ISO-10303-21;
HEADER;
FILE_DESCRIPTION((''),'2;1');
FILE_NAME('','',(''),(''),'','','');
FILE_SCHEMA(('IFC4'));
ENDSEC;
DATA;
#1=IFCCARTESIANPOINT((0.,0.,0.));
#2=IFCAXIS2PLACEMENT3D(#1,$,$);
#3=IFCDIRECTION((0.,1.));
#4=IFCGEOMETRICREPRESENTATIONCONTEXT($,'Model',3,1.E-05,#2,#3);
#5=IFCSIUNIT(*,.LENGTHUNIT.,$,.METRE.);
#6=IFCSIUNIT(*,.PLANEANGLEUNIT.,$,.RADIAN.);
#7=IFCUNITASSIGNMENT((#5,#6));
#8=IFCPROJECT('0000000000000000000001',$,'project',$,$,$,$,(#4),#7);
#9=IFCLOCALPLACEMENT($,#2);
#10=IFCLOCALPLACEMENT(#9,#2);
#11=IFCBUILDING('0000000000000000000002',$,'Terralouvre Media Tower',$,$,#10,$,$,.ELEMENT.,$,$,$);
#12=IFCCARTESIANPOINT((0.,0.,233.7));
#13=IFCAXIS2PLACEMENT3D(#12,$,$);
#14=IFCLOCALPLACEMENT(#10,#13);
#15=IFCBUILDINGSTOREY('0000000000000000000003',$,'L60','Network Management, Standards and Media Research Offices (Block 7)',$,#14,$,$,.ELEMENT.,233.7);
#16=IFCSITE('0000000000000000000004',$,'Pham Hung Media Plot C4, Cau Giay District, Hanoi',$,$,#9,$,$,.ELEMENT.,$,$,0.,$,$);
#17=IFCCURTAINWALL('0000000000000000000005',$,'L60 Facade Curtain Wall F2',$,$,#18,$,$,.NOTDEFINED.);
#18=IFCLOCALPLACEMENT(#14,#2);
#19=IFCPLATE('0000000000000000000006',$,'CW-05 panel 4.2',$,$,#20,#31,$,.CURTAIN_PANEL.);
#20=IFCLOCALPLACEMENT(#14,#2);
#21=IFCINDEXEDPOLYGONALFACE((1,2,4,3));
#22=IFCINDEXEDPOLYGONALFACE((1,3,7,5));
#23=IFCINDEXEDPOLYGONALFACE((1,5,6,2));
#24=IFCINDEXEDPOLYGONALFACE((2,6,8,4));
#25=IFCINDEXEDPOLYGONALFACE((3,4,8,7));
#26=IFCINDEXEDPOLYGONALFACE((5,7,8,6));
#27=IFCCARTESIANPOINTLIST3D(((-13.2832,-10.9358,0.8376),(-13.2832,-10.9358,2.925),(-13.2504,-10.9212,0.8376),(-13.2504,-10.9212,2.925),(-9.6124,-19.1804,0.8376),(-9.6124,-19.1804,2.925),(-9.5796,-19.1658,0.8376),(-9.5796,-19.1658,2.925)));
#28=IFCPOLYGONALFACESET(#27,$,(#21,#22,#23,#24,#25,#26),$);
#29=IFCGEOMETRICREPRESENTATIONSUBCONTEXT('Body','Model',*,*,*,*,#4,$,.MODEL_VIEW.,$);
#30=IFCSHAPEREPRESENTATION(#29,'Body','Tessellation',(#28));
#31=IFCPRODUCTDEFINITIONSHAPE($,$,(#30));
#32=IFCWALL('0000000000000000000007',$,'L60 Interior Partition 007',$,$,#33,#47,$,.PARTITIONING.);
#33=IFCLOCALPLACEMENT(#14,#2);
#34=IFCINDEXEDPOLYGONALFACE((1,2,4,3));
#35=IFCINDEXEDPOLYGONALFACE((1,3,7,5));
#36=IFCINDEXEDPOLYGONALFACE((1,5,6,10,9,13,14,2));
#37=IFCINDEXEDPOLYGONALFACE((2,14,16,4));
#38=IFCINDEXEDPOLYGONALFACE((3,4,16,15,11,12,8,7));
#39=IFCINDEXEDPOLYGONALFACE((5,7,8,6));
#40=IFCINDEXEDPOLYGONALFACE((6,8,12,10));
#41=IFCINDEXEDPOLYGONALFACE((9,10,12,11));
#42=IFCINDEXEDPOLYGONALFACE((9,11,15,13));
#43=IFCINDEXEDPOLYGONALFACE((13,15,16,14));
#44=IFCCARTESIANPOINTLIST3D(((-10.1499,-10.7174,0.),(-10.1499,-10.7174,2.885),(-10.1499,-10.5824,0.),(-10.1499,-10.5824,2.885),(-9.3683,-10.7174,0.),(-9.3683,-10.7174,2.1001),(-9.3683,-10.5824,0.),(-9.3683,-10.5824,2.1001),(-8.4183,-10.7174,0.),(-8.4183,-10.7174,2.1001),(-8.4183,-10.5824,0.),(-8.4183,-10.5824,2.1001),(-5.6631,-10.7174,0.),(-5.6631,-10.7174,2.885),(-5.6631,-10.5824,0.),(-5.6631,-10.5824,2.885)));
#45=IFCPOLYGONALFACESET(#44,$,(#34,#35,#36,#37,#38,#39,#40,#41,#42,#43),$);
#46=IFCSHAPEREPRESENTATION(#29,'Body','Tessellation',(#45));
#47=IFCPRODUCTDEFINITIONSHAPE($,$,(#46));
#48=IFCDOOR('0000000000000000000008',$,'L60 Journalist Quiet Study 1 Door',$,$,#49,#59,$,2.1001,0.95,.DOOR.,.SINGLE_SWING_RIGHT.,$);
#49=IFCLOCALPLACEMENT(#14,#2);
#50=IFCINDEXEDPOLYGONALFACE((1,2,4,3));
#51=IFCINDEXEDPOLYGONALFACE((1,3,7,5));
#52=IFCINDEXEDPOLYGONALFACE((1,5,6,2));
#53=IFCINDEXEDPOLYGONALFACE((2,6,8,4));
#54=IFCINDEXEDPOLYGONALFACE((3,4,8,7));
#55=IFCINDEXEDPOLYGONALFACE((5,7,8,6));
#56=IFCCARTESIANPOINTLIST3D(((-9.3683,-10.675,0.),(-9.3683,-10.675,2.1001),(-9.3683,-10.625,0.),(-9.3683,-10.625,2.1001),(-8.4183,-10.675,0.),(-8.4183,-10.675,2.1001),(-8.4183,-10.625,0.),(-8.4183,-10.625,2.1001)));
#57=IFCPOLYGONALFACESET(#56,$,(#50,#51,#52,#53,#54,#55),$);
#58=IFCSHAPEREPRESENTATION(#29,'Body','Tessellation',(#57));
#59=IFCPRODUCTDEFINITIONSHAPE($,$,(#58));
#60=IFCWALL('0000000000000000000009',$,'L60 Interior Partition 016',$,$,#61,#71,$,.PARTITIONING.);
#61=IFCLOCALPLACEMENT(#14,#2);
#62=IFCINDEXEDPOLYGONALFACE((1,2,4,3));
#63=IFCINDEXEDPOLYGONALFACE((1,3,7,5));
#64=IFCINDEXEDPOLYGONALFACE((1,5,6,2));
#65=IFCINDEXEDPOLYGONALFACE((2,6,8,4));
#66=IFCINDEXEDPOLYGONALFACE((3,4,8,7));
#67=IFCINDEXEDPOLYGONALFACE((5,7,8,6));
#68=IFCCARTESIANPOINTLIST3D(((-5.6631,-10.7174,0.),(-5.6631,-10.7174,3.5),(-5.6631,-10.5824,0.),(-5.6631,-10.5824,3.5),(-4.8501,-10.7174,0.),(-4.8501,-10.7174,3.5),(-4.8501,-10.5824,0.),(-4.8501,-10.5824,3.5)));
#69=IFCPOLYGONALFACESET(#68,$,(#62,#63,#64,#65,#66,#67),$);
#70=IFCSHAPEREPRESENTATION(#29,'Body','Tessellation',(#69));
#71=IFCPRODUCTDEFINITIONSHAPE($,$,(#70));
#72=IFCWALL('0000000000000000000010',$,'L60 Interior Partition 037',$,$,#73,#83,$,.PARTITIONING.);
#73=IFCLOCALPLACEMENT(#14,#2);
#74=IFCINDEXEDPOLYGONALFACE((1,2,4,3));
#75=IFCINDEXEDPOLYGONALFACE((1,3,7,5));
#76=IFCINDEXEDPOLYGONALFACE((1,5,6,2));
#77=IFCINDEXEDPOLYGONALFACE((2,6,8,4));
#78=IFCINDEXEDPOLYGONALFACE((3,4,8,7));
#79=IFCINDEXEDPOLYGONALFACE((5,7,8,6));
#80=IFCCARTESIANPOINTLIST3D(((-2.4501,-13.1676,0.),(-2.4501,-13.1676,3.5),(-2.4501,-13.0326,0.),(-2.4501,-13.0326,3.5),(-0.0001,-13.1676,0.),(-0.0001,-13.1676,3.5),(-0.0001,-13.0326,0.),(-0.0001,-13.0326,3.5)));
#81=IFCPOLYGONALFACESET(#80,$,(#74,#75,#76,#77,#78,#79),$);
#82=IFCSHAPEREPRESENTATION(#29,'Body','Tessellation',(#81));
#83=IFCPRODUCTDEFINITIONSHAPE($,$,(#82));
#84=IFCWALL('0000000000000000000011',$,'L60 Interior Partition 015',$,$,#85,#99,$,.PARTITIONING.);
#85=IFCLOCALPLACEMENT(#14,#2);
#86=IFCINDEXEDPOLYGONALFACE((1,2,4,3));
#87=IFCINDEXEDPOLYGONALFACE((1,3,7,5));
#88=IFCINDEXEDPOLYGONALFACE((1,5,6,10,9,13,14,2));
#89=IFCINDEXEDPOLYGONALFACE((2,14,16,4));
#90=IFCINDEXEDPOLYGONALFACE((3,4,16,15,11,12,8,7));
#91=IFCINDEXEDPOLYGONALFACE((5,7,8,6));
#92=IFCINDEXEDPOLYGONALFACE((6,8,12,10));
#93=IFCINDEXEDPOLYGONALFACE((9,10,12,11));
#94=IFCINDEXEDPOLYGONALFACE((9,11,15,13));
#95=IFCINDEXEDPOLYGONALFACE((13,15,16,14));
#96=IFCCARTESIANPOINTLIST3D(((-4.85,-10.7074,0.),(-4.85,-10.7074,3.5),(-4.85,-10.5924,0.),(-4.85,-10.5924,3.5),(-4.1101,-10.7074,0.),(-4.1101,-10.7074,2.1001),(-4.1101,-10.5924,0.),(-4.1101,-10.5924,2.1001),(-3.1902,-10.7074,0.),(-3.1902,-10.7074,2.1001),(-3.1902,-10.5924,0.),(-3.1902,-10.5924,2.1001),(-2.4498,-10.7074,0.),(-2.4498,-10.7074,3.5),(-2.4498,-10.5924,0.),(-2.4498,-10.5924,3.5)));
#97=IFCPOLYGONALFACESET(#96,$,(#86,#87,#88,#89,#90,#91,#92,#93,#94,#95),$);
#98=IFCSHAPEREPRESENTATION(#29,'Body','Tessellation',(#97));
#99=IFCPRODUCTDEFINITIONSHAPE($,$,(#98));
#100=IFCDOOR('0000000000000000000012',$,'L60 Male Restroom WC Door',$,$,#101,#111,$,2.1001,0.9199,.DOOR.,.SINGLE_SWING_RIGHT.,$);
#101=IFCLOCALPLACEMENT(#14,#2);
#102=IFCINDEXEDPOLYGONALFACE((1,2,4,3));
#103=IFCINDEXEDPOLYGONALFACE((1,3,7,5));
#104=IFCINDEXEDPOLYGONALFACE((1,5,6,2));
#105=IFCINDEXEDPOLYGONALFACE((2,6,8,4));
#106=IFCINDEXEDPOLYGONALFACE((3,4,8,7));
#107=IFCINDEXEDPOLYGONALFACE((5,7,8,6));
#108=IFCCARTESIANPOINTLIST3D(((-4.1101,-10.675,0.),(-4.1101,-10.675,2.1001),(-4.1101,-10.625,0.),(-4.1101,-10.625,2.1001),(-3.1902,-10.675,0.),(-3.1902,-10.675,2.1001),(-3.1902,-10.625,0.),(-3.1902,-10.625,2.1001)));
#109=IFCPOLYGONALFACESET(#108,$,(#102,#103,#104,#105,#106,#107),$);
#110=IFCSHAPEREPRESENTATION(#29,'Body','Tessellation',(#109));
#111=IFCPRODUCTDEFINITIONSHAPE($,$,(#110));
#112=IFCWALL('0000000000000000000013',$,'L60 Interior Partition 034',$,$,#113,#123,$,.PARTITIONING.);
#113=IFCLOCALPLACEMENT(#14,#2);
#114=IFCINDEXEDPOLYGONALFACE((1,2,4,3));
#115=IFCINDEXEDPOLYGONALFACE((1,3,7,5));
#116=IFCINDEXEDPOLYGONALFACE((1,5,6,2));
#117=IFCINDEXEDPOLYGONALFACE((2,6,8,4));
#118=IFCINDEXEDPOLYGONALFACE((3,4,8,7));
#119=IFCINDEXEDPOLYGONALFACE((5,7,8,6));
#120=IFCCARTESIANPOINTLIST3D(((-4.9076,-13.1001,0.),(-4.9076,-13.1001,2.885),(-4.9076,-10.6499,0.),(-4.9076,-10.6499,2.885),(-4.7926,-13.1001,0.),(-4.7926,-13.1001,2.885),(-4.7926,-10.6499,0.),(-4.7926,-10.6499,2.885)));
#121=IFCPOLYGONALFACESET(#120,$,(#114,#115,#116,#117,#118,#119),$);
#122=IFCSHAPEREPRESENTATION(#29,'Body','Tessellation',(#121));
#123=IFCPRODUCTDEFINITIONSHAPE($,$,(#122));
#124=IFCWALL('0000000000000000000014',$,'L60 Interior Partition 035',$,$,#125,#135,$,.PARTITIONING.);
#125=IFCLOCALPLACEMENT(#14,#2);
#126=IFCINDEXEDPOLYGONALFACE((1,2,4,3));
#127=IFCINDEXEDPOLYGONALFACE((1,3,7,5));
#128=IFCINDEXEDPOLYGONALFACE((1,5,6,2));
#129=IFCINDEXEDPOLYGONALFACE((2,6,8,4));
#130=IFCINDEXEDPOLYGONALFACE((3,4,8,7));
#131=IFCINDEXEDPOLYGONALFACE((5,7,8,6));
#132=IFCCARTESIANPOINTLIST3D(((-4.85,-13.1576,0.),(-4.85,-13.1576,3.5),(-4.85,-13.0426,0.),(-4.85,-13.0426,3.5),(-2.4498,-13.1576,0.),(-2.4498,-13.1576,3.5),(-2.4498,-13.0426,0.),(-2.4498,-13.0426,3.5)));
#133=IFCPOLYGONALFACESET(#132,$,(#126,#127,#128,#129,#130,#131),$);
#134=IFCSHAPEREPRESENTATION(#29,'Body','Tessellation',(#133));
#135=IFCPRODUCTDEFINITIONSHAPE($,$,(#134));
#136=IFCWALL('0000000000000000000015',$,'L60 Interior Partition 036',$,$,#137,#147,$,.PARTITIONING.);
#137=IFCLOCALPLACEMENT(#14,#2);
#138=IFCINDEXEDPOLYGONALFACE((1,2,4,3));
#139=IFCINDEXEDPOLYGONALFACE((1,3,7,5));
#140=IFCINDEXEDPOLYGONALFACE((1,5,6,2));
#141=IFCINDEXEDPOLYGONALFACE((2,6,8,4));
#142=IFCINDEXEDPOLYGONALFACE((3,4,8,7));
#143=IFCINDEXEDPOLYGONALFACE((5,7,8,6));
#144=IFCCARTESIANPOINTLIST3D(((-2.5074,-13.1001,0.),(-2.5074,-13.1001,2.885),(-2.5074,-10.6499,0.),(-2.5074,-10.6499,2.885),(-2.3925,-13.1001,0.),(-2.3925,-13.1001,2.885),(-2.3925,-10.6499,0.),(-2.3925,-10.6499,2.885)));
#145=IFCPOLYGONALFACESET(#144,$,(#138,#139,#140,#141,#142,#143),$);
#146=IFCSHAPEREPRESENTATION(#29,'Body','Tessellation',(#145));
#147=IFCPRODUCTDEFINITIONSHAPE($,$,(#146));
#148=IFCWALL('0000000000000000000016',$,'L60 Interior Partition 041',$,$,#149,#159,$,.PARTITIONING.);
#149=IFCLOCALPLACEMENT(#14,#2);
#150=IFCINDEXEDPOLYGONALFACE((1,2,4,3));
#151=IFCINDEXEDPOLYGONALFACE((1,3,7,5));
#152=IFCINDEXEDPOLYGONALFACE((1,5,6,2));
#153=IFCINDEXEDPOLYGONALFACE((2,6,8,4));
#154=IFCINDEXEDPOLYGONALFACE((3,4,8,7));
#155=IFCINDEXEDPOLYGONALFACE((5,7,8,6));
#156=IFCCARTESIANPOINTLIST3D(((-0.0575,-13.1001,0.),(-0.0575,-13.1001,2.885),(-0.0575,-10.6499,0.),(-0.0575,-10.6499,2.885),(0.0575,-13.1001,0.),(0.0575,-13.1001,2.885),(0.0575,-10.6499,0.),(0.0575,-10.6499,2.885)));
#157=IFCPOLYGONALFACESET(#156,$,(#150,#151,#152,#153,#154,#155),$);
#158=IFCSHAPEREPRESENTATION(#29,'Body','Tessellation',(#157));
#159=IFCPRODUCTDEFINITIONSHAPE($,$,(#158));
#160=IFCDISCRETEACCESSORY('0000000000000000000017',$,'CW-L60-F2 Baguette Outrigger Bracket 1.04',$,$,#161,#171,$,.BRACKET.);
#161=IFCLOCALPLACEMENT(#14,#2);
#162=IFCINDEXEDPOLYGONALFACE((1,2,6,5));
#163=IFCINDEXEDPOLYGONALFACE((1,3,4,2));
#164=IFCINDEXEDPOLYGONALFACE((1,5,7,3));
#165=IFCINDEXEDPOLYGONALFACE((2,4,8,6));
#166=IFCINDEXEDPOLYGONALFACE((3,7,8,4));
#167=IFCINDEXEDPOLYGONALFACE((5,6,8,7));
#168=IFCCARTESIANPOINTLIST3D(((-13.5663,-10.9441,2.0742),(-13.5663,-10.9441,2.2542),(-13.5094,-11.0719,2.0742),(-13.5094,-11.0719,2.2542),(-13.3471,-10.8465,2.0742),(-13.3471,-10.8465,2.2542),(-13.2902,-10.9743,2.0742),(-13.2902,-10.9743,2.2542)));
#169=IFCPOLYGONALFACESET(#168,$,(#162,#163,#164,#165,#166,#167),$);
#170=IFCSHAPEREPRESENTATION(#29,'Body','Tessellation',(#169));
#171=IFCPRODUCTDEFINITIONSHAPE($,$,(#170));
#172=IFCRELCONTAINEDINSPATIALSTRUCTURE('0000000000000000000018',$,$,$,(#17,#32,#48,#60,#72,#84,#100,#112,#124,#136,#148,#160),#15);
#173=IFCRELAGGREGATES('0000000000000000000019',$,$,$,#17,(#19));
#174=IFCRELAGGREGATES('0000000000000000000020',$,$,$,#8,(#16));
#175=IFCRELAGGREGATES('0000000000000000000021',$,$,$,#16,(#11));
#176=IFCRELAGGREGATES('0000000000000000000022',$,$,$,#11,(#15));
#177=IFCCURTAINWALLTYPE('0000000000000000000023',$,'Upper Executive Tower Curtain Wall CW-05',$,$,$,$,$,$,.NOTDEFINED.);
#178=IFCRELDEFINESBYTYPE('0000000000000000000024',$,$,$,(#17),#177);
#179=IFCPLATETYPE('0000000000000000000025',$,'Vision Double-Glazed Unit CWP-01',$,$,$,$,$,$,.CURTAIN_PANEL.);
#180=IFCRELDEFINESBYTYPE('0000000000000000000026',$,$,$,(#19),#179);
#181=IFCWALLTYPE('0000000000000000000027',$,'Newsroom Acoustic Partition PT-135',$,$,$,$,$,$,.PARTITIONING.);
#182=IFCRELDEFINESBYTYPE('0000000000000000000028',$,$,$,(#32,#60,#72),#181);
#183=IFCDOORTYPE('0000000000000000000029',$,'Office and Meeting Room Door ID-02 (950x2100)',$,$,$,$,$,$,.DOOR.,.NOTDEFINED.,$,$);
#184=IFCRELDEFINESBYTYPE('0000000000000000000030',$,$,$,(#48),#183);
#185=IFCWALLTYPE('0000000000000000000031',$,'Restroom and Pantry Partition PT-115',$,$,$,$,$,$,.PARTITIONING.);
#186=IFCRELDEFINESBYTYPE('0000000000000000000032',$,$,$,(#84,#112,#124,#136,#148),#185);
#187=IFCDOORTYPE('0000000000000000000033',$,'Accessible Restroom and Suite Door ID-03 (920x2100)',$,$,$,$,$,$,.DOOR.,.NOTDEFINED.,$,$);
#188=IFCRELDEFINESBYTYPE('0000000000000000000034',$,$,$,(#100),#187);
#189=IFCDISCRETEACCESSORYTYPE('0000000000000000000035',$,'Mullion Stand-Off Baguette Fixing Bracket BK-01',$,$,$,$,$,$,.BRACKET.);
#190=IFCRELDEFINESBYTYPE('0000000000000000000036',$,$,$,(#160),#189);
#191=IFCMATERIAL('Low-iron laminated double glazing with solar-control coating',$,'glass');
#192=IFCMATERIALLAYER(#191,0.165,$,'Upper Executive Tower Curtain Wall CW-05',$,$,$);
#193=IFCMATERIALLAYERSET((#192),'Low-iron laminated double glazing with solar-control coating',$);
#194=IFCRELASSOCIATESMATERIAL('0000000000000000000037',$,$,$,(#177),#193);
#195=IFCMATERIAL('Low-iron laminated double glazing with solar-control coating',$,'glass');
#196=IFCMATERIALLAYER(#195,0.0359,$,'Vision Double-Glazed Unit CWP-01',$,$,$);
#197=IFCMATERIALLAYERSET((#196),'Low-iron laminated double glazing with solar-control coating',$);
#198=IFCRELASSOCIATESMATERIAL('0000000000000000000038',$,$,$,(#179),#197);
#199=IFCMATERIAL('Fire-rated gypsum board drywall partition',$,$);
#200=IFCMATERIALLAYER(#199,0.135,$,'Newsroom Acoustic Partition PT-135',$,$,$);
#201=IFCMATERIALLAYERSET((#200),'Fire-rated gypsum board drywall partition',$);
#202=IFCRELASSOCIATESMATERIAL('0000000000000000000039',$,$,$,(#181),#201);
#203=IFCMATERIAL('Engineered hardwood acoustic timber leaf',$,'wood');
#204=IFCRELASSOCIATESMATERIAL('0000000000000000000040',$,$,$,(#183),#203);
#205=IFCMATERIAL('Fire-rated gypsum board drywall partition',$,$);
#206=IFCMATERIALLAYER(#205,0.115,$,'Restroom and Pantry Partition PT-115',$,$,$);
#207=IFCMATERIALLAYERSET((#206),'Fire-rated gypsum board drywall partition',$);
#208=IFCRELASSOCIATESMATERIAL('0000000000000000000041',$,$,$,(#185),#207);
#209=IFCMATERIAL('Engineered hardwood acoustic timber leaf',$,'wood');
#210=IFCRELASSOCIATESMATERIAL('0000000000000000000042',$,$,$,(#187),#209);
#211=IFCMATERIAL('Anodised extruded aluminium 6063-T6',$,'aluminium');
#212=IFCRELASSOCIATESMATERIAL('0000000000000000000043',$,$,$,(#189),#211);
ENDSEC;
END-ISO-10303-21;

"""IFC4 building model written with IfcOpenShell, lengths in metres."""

from ifc_helpers import new_model, si_unit, direction, frame, frame_2d, origin, origin_2d, place, context, subcontext, project, spatial, rectangle, extrude, material, layer, layer_set, type_object, element, fill, aggregate, save


model = new_model("IFC4")

# Units and contexts
model_context = context("Model", 3, precision=1e-05, world=origin(), true_north=direction((0.0, 1.0)))
body_context = subcontext(model_context, "Body", "Model", "MODEL_VIEW")
ifc_project = project(units=[si_unit("LENGTHUNIT", "METRE"), si_unit("PLANEANGLEUNIT", "RADIAN")], contexts=[model_context])

# Site, building, storey
site_placement = place(None, origin())
site = spatial("IfcSite", under=ifc_project, at=site_placement, Name="Pham Hung Media Plot C4, Cau Giay District, Hanoi", CompositionType="ELEMENT", RefElevation=0.0)
building_placement = place(site_placement, origin())
building = spatial("IfcBuilding", under=site, at=building_placement, Name="Terralouvre Media Tower", CompositionType="ELEMENT")
storey_placement = place(building_placement, frame((0.0, 0.0, 233.7)))
storey = spatial("IfcBuildingStorey", under=building, at=storey_placement, Name="L60", Description="Network Management, Standards and Media Research Offices (Block 7)", CompositionType="ELEMENT", Elevation=233.7)

# Curtain wall
ifc_material_1 = material(Name="Low-iron laminated double glazing with solar-control coating", Category="glass")
ifc_layer_1 = layer(ifc_material_1, 0.165, Name="Upper Executive Tower Curtain Wall CW-05")
ifc_layer_set_1 = layer_set([ifc_layer_1], Name="Low-iron laminated double glazing with solar-control coating")
curtain_wall_type = type_object("IfcCurtainWallType", Name="Upper Executive Tower Curtain Wall CW-05", PredefinedType="NOTDEFINED", material=ifc_layer_set_1)
curtain_wall_placement = place(storey_placement, origin())
curtain_wall = element("IfcCurtainWall", 1, at=curtain_wall_placement, inside=storey, type_object=curtain_wall_type, Name="L60 Facade Curtain Wall F2", PredefinedType="NOTDEFINED")

# Plate
ifc_material_2 = material(Name="Low-iron laminated double glazing with solar-control coating", Category="glass")
ifc_layer_2 = layer(ifc_material_2, 0.0359, Name="Vision Double-Glazed Unit CWP-01")
ifc_layer_set_2 = layer_set([ifc_layer_2], Name="Low-iron laminated double glazing with solar-control coating")
plate_type = type_object("IfcPlateType", Name="Vision Double-Glazed Unit CWP-01", PredefinedType="CURTAIN_PANEL", material=ifc_layer_set_2)
plate_1_placement = place(storey_placement, frame((-11.4314, -15.0508, 0.8376), z_axis=(0.0, 0.0, 1.0), x_axis=(0.406737, -0.913545, 0.0)))
plate_1 = element("IfcPlate", 2, at=plate_1_placement, type_object=plate_type, Name="CW-05 panel 4.2", PredefinedType="CURTAIN_PANEL", context=body_context, shape_type="SweptSolid", body=[
    extrude(rectangle(XDim=9.0249, YDim=0.0359, at=origin_2d()), origin(), (0.0, 0.0, 1.0), 2.0874),
])
aggregate(curtain_wall, [plate_1])

# Wall, opening, door
ifc_material_3 = material(Name="Fire-rated gypsum board drywall partition")
ifc_layer_3 = layer(ifc_material_3, 0.135, Name="Newsroom Acoustic Partition PT-135")
ifc_layer_set_3 = layer_set([ifc_layer_3], Name="Fire-rated gypsum board drywall partition")
wall_type_1 = type_object("IfcWallType", Name="Newsroom Acoustic Partition PT-135", PredefinedType="PARTITIONING", material=ifc_layer_set_3)
wall_1_placement = place(storey_placement, frame((-10.1499, -10.6499, 0.0), z_axis=(0.0, 0.0, 1.0), x_axis=(1.0, 0.0, 0.0)))
wall_1 = element("IfcWall", 3, at=wall_1_placement, inside=storey, type_object=wall_type_1, Name="L60 Interior Partition 007", PredefinedType="PARTITIONING", context=body_context, shape_type="SweptSolid", body=[
    extrude(rectangle(XDim=4.4868, YDim=0.135, at=frame_2d((2.2434, 0.0))), origin(), (0.0, 0.0, 1.0), 2.885),
])
opening_1_placement = place(wall_1_placement, frame((0.7815, 0.0, 0.0)))
opening_1 = element("IfcOpeningElement", 4, at=opening_1_placement, cuts=wall_1, PredefinedType="OPENING", context=body_context, shape_type="SweptSolid", body=[
    extrude(rectangle(XDim=0.95, YDim=2.1001, at=frame_2d((0.4751, 1.05))), frame((0.0, 0.0774, 0.0), z_axis=(0.0, -1.0, 0.0), x_axis=(1.0, 0.0, 0.0)), (0.0, 0.0, 1.0), 0.155),
])
ifc_material_4 = material(Name="Engineered hardwood acoustic timber leaf", Category="wood")
door_type_1 = type_object("IfcDoorType", Name="Office and Meeting Room Door ID-02 (950x2100)", OperationType="NOTDEFINED", PredefinedType="DOOR", material=ifc_material_4)
door_1_placement = place(opening_1_placement, origin())
door_1 = element("IfcDoor", 5, at=door_1_placement, inside=storey, type_object=door_type_1, Name="L60 Journalist Quiet Study 1 Door", OperationType="SINGLE_SWING_RIGHT", OverallHeight=2.1001, OverallWidth=0.95, PredefinedType="DOOR", context=body_context, shape_type="SweptSolid", body=[
    extrude(rectangle(XDim=0.95, YDim=2.1001, at=frame_2d((0.4751, 1.05))), frame((0.0, 0.0249, 0.0), z_axis=(0.0, -1.0, 0.0), x_axis=(1.0, 0.0, 0.0)), (0.0, 0.0, 1.0), 0.05),
])
fill(opening_1, door_1)

# Walls
wall_2_placement = place(storey_placement, frame((-5.6631, -10.6499, 0.0), z_axis=(0.0, 0.0, 1.0), x_axis=(1.0, 0.0, 0.0)))
element("IfcWall", 6, at=wall_2_placement, inside=storey, type_object=wall_type_1, Name="L60 Interior Partition 016", PredefinedType="PARTITIONING", context=body_context, shape_type="SweptSolid", body=[
    extrude(rectangle(XDim=0.813, YDim=0.135, at=frame_2d((0.4065, 0.0))), origin(), (0.0, 0.0, 1.0), 3.5),
])
wall_3_placement = place(storey_placement, frame((0.0, -13.1001, 0.0), z_axis=(0.0, 0.0, 1.0), x_axis=(-1.0, 0.0, 0.0)))
element("IfcWall", 7, at=wall_3_placement, inside=storey, type_object=wall_type_1, Name="L60 Interior Partition 037", PredefinedType="PARTITIONING", context=body_context, shape_type="SweptSolid", body=[
    extrude(rectangle(XDim=2.45, YDim=0.135, at=frame_2d((1.2251, 0.0))), origin(), (0.0, 0.0, 1.0), 3.5),
])

# Wall, opening, door
ifc_material_5 = material(Name="Fire-rated gypsum board drywall partition")
ifc_layer_4 = layer(ifc_material_5, 0.115, Name="Restroom and Pantry Partition PT-115")
ifc_layer_set_4 = layer_set([ifc_layer_4], Name="Fire-rated gypsum board drywall partition")
wall_type_2 = type_object("IfcWallType", Name="Restroom and Pantry Partition PT-115", PredefinedType="PARTITIONING", material=ifc_layer_set_4)
wall_4_placement = place(storey_placement, frame((-4.8501, -10.6499, 0.0), z_axis=(0.0, 0.0, 1.0), x_axis=(1.0, 0.0, 0.0)))
wall_4 = element("IfcWall", 8, at=wall_4_placement, inside=storey, type_object=wall_type_2, Name="L60 Interior Partition 015", PredefinedType="PARTITIONING", context=body_context, shape_type="SweptSolid", body=[
    extrude(rectangle(XDim=2.4001, YDim=0.115, at=frame_2d((1.2002, 0.0))), origin(), (0.0, 0.0, 1.0), 3.5),
])
opening_2_placement = place(wall_4_placement, frame((0.74, 0.0, 0.0)))
opening_2 = element("IfcOpeningElement", 9, at=opening_2_placement, cuts=wall_4, PredefinedType="OPENING", context=body_context, shape_type="SweptSolid", body=[
    extrude(rectangle(XDim=0.9199, YDim=2.1001, at=frame_2d((0.46, 1.05))), frame((0.0, 0.0674, 0.0), z_axis=(0.0, -1.0, 0.0), x_axis=(1.0, 0.0, 0.0)), (0.0, 0.0, 1.0), 0.135),
])
ifc_material_6 = material(Name="Engineered hardwood acoustic timber leaf", Category="wood")
door_type_2 = type_object("IfcDoorType", Name="Accessible Restroom and Suite Door ID-03 (920x2100)", OperationType="NOTDEFINED", PredefinedType="DOOR", material=ifc_material_6)
door_2_placement = place(opening_2_placement, origin())
door_2 = element("IfcDoor", 10, at=door_2_placement, inside=storey, type_object=door_type_2, Name="L60 Male Restroom WC Door", OperationType="SINGLE_SWING_RIGHT", OverallHeight=2.1001, OverallWidth=0.9199, PredefinedType="DOOR", context=body_context, shape_type="SweptSolid", body=[
    extrude(rectangle(XDim=0.9199, YDim=2.1001, at=frame_2d((0.46, 1.05))), frame((0.0, 0.0249, 0.0), z_axis=(0.0, -1.0, 0.0), x_axis=(1.0, 0.0, 0.0)), (0.0, 0.0, 1.0), 0.05),
])
fill(opening_2, door_2)

# Walls
wall_5_placement = place(storey_placement, frame((-4.8501, -10.6499, 0.0), z_axis=(0.0, 0.0, 1.0), x_axis=(0.0, -1.0, 0.0)))
element("IfcWall", 11, at=wall_5_placement, inside=storey, type_object=wall_type_2, Name="L60 Interior Partition 034", PredefinedType="PARTITIONING", context=body_context, shape_type="SweptSolid", body=[
    extrude(rectangle(XDim=2.4502, YDim=0.115, at=frame_2d((1.2251, 0.0))), origin(), (0.0, 0.0, 1.0), 2.885),
])
wall_6_placement = place(storey_placement, frame((-4.8501, -13.1001, 0.0), z_axis=(0.0, 0.0, 1.0), x_axis=(1.0, 0.0, 0.0)))
element("IfcWall", 12, at=wall_6_placement, inside=storey, type_object=wall_type_2, Name="L60 Interior Partition 035", PredefinedType="PARTITIONING", context=body_context, shape_type="SweptSolid", body=[
    extrude(rectangle(XDim=2.4001, YDim=0.115, at=frame_2d((1.2002, 0.0))), origin(), (0.0, 0.0, 1.0), 3.5),
])
for number, where, z_axis, x_axis, name in (
    (13, (-2.45, -13.1001, 0.0), (0.0, 0.0, 1.0), (0.0, 1.0, 0.0), "L60 Interior Partition 036"),
    (14, (0.0, -13.1001, 0.0), (0.0, 0.0, 1.0), (0.0, 1.0, 0.0), "L60 Interior Partition 041"),
):
    element("IfcWall", number, at=place(storey_placement, frame(where, z_axis=z_axis, x_axis=x_axis)), inside=storey, type_object=wall_type_2, Name=name, PredefinedType="PARTITIONING", context=body_context, shape_type="SweptSolid", body=[
        extrude(rectangle(XDim=2.4502, YDim=0.115, at=frame_2d((1.2251, 0.0))), origin(), (0.0, 0.0, 1.0), 2.885),
    ])

# Discrete accessory
ifc_material_7 = material(Name="Anodised extruded aluminium 6063-T6", Category="aluminium")
discrete_accessory_type = type_object("IfcDiscreteAccessoryType", Name="Mullion Stand-Off Baguette Fixing Bracket BK-01", PredefinedType="BRACKET", material=ifc_material_7)
discrete_accessory_placement = place(storey_placement, frame((-13.4282, -10.9592, 2.0742), z_axis=(0.0, 0.0, 1.0), x_axis=(0.406737, -0.913545, 0.0)))
element("IfcDiscreteAccessory", 15, at=discrete_accessory_placement, inside=storey, type_object=discrete_accessory_type, Name="CW-L60-F2 Baguette Outrigger Bracket 1.04", PredefinedType="BRACKET", context=body_context, shape_type="SweptSolid", body=[
    extrude(rectangle(XDim=0.1399, YDim=0.24, at=origin_2d()), origin(), (0.0, 0.0, 1.0), 0.1799),
])

save(model, "model.ifc")
